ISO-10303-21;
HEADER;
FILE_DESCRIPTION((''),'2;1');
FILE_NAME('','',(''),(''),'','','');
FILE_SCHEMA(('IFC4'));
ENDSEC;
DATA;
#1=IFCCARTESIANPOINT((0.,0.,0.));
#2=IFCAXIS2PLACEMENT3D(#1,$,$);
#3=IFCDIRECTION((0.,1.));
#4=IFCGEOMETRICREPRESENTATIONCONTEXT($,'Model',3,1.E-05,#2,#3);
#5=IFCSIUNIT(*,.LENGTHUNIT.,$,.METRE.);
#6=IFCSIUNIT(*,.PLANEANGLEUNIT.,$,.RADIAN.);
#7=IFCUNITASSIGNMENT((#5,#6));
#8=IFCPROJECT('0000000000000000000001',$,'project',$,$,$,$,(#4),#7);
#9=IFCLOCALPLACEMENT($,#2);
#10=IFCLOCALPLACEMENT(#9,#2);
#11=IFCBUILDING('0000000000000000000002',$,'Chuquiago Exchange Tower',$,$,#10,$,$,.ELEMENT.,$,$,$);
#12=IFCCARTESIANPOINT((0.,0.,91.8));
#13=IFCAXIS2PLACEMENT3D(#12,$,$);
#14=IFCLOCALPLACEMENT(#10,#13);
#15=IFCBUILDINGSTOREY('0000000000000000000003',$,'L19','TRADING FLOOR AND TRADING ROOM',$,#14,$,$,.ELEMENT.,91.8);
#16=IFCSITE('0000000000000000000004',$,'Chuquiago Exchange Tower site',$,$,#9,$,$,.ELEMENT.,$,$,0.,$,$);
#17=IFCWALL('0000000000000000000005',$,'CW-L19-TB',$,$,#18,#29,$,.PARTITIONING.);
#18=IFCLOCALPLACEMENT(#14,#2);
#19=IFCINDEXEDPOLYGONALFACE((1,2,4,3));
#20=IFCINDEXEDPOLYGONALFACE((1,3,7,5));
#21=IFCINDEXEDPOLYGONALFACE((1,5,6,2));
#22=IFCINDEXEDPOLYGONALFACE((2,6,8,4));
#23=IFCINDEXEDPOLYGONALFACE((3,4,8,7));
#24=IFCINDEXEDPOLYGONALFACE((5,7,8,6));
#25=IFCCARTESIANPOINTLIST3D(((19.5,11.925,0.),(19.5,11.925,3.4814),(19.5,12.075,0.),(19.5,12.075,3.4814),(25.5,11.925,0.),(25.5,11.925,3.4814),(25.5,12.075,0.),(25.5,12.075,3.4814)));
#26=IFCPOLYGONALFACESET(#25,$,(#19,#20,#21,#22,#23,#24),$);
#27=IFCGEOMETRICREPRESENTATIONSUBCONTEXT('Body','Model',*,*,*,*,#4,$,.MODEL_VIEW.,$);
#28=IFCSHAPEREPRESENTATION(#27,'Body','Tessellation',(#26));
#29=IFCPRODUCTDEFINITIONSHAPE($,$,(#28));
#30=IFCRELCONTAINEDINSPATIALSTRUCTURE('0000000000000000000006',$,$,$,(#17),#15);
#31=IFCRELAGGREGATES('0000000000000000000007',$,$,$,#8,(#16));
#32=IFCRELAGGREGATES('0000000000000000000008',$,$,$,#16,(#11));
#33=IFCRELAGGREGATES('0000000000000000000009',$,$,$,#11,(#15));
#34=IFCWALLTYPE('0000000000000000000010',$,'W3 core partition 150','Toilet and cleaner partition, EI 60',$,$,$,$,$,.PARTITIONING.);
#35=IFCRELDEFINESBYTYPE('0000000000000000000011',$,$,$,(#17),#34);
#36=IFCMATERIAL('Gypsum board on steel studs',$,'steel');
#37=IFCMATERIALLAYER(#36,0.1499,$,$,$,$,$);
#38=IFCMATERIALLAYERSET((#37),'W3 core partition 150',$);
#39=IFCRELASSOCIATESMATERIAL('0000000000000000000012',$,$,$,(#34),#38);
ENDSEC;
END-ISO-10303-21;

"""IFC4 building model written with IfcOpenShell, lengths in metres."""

from ifc_helpers import new_model, si_unit, direction, frame, frame_2d, origin, place, context, subcontext, project, spatial, rectangle, extrude, material, layer, layer_set, type_object, element, save


model = new_model("IFC4")

# Units and contexts
model_context = context("Model", 3, precision=1e-05, world=origin(), true_north=direction((0.0, 1.0)))
body_context = subcontext(model_context, "Body", "Model", "MODEL_VIEW")
ifc_project = project(units=[si_unit("LENGTHUNIT", "METRE"), si_unit("PLANEANGLEUNIT", "RADIAN")], contexts=[model_context])

# Site, building, storey
site_placement = place(None, origin())
site = spatial("IfcSite", under=ifc_project, at=site_placement, Name="Chuquiago Exchange Tower site", CompositionType="ELEMENT", RefElevation=0.0)
building_placement = place(site_placement, origin())
building = spatial("IfcBuilding", under=site, at=building_placement, Name="Chuquiago Exchange Tower", CompositionType="ELEMENT")
storey_placement = place(building_placement, frame((0.0, 0.0, 91.8)))
storey = spatial("IfcBuildingStorey", under=building, at=storey_placement, Name="L19", Description="TRADING FLOOR AND TRADING ROOM", CompositionType="ELEMENT", Elevation=91.8)

# Shared definitions
ifc_material_1 = material(Name="Gypsum board on steel studs", Category="steel")
ifc_layer_1 = layer(ifc_material_1, 0.1499)
ifc_layer_set_1 = layer_set([ifc_layer_1], Name="W3 core partition 150")
wall_type_1 = type_object("IfcWallType", Name="W3 core partition 150", Description="Toilet and cleaner partition, EI 60", PredefinedType="PARTITIONING", material=ifc_layer_set_1)

# Wall
wall_1_placement = place(storey_placement, frame((19.5, 12.0, 0.0), z_axis=(0.0, 0.0, 1.0), x_axis=(1.0, 0.0, 0.0)))
element("IfcWall", 1, at=wall_1_placement, inside=storey, type_object=wall_type_1, Name="CW-L19-TB", PredefinedType="PARTITIONING", context=body_context, shape_type="SweptSolid", body=[
    extrude(rectangle(XDim=6.0, YDim=0.1499, at=frame_2d((3.0, 0.0))), origin(), (0.0, 0.0, 1.0), 3.4814),
])

save(model, "model.ifc")
